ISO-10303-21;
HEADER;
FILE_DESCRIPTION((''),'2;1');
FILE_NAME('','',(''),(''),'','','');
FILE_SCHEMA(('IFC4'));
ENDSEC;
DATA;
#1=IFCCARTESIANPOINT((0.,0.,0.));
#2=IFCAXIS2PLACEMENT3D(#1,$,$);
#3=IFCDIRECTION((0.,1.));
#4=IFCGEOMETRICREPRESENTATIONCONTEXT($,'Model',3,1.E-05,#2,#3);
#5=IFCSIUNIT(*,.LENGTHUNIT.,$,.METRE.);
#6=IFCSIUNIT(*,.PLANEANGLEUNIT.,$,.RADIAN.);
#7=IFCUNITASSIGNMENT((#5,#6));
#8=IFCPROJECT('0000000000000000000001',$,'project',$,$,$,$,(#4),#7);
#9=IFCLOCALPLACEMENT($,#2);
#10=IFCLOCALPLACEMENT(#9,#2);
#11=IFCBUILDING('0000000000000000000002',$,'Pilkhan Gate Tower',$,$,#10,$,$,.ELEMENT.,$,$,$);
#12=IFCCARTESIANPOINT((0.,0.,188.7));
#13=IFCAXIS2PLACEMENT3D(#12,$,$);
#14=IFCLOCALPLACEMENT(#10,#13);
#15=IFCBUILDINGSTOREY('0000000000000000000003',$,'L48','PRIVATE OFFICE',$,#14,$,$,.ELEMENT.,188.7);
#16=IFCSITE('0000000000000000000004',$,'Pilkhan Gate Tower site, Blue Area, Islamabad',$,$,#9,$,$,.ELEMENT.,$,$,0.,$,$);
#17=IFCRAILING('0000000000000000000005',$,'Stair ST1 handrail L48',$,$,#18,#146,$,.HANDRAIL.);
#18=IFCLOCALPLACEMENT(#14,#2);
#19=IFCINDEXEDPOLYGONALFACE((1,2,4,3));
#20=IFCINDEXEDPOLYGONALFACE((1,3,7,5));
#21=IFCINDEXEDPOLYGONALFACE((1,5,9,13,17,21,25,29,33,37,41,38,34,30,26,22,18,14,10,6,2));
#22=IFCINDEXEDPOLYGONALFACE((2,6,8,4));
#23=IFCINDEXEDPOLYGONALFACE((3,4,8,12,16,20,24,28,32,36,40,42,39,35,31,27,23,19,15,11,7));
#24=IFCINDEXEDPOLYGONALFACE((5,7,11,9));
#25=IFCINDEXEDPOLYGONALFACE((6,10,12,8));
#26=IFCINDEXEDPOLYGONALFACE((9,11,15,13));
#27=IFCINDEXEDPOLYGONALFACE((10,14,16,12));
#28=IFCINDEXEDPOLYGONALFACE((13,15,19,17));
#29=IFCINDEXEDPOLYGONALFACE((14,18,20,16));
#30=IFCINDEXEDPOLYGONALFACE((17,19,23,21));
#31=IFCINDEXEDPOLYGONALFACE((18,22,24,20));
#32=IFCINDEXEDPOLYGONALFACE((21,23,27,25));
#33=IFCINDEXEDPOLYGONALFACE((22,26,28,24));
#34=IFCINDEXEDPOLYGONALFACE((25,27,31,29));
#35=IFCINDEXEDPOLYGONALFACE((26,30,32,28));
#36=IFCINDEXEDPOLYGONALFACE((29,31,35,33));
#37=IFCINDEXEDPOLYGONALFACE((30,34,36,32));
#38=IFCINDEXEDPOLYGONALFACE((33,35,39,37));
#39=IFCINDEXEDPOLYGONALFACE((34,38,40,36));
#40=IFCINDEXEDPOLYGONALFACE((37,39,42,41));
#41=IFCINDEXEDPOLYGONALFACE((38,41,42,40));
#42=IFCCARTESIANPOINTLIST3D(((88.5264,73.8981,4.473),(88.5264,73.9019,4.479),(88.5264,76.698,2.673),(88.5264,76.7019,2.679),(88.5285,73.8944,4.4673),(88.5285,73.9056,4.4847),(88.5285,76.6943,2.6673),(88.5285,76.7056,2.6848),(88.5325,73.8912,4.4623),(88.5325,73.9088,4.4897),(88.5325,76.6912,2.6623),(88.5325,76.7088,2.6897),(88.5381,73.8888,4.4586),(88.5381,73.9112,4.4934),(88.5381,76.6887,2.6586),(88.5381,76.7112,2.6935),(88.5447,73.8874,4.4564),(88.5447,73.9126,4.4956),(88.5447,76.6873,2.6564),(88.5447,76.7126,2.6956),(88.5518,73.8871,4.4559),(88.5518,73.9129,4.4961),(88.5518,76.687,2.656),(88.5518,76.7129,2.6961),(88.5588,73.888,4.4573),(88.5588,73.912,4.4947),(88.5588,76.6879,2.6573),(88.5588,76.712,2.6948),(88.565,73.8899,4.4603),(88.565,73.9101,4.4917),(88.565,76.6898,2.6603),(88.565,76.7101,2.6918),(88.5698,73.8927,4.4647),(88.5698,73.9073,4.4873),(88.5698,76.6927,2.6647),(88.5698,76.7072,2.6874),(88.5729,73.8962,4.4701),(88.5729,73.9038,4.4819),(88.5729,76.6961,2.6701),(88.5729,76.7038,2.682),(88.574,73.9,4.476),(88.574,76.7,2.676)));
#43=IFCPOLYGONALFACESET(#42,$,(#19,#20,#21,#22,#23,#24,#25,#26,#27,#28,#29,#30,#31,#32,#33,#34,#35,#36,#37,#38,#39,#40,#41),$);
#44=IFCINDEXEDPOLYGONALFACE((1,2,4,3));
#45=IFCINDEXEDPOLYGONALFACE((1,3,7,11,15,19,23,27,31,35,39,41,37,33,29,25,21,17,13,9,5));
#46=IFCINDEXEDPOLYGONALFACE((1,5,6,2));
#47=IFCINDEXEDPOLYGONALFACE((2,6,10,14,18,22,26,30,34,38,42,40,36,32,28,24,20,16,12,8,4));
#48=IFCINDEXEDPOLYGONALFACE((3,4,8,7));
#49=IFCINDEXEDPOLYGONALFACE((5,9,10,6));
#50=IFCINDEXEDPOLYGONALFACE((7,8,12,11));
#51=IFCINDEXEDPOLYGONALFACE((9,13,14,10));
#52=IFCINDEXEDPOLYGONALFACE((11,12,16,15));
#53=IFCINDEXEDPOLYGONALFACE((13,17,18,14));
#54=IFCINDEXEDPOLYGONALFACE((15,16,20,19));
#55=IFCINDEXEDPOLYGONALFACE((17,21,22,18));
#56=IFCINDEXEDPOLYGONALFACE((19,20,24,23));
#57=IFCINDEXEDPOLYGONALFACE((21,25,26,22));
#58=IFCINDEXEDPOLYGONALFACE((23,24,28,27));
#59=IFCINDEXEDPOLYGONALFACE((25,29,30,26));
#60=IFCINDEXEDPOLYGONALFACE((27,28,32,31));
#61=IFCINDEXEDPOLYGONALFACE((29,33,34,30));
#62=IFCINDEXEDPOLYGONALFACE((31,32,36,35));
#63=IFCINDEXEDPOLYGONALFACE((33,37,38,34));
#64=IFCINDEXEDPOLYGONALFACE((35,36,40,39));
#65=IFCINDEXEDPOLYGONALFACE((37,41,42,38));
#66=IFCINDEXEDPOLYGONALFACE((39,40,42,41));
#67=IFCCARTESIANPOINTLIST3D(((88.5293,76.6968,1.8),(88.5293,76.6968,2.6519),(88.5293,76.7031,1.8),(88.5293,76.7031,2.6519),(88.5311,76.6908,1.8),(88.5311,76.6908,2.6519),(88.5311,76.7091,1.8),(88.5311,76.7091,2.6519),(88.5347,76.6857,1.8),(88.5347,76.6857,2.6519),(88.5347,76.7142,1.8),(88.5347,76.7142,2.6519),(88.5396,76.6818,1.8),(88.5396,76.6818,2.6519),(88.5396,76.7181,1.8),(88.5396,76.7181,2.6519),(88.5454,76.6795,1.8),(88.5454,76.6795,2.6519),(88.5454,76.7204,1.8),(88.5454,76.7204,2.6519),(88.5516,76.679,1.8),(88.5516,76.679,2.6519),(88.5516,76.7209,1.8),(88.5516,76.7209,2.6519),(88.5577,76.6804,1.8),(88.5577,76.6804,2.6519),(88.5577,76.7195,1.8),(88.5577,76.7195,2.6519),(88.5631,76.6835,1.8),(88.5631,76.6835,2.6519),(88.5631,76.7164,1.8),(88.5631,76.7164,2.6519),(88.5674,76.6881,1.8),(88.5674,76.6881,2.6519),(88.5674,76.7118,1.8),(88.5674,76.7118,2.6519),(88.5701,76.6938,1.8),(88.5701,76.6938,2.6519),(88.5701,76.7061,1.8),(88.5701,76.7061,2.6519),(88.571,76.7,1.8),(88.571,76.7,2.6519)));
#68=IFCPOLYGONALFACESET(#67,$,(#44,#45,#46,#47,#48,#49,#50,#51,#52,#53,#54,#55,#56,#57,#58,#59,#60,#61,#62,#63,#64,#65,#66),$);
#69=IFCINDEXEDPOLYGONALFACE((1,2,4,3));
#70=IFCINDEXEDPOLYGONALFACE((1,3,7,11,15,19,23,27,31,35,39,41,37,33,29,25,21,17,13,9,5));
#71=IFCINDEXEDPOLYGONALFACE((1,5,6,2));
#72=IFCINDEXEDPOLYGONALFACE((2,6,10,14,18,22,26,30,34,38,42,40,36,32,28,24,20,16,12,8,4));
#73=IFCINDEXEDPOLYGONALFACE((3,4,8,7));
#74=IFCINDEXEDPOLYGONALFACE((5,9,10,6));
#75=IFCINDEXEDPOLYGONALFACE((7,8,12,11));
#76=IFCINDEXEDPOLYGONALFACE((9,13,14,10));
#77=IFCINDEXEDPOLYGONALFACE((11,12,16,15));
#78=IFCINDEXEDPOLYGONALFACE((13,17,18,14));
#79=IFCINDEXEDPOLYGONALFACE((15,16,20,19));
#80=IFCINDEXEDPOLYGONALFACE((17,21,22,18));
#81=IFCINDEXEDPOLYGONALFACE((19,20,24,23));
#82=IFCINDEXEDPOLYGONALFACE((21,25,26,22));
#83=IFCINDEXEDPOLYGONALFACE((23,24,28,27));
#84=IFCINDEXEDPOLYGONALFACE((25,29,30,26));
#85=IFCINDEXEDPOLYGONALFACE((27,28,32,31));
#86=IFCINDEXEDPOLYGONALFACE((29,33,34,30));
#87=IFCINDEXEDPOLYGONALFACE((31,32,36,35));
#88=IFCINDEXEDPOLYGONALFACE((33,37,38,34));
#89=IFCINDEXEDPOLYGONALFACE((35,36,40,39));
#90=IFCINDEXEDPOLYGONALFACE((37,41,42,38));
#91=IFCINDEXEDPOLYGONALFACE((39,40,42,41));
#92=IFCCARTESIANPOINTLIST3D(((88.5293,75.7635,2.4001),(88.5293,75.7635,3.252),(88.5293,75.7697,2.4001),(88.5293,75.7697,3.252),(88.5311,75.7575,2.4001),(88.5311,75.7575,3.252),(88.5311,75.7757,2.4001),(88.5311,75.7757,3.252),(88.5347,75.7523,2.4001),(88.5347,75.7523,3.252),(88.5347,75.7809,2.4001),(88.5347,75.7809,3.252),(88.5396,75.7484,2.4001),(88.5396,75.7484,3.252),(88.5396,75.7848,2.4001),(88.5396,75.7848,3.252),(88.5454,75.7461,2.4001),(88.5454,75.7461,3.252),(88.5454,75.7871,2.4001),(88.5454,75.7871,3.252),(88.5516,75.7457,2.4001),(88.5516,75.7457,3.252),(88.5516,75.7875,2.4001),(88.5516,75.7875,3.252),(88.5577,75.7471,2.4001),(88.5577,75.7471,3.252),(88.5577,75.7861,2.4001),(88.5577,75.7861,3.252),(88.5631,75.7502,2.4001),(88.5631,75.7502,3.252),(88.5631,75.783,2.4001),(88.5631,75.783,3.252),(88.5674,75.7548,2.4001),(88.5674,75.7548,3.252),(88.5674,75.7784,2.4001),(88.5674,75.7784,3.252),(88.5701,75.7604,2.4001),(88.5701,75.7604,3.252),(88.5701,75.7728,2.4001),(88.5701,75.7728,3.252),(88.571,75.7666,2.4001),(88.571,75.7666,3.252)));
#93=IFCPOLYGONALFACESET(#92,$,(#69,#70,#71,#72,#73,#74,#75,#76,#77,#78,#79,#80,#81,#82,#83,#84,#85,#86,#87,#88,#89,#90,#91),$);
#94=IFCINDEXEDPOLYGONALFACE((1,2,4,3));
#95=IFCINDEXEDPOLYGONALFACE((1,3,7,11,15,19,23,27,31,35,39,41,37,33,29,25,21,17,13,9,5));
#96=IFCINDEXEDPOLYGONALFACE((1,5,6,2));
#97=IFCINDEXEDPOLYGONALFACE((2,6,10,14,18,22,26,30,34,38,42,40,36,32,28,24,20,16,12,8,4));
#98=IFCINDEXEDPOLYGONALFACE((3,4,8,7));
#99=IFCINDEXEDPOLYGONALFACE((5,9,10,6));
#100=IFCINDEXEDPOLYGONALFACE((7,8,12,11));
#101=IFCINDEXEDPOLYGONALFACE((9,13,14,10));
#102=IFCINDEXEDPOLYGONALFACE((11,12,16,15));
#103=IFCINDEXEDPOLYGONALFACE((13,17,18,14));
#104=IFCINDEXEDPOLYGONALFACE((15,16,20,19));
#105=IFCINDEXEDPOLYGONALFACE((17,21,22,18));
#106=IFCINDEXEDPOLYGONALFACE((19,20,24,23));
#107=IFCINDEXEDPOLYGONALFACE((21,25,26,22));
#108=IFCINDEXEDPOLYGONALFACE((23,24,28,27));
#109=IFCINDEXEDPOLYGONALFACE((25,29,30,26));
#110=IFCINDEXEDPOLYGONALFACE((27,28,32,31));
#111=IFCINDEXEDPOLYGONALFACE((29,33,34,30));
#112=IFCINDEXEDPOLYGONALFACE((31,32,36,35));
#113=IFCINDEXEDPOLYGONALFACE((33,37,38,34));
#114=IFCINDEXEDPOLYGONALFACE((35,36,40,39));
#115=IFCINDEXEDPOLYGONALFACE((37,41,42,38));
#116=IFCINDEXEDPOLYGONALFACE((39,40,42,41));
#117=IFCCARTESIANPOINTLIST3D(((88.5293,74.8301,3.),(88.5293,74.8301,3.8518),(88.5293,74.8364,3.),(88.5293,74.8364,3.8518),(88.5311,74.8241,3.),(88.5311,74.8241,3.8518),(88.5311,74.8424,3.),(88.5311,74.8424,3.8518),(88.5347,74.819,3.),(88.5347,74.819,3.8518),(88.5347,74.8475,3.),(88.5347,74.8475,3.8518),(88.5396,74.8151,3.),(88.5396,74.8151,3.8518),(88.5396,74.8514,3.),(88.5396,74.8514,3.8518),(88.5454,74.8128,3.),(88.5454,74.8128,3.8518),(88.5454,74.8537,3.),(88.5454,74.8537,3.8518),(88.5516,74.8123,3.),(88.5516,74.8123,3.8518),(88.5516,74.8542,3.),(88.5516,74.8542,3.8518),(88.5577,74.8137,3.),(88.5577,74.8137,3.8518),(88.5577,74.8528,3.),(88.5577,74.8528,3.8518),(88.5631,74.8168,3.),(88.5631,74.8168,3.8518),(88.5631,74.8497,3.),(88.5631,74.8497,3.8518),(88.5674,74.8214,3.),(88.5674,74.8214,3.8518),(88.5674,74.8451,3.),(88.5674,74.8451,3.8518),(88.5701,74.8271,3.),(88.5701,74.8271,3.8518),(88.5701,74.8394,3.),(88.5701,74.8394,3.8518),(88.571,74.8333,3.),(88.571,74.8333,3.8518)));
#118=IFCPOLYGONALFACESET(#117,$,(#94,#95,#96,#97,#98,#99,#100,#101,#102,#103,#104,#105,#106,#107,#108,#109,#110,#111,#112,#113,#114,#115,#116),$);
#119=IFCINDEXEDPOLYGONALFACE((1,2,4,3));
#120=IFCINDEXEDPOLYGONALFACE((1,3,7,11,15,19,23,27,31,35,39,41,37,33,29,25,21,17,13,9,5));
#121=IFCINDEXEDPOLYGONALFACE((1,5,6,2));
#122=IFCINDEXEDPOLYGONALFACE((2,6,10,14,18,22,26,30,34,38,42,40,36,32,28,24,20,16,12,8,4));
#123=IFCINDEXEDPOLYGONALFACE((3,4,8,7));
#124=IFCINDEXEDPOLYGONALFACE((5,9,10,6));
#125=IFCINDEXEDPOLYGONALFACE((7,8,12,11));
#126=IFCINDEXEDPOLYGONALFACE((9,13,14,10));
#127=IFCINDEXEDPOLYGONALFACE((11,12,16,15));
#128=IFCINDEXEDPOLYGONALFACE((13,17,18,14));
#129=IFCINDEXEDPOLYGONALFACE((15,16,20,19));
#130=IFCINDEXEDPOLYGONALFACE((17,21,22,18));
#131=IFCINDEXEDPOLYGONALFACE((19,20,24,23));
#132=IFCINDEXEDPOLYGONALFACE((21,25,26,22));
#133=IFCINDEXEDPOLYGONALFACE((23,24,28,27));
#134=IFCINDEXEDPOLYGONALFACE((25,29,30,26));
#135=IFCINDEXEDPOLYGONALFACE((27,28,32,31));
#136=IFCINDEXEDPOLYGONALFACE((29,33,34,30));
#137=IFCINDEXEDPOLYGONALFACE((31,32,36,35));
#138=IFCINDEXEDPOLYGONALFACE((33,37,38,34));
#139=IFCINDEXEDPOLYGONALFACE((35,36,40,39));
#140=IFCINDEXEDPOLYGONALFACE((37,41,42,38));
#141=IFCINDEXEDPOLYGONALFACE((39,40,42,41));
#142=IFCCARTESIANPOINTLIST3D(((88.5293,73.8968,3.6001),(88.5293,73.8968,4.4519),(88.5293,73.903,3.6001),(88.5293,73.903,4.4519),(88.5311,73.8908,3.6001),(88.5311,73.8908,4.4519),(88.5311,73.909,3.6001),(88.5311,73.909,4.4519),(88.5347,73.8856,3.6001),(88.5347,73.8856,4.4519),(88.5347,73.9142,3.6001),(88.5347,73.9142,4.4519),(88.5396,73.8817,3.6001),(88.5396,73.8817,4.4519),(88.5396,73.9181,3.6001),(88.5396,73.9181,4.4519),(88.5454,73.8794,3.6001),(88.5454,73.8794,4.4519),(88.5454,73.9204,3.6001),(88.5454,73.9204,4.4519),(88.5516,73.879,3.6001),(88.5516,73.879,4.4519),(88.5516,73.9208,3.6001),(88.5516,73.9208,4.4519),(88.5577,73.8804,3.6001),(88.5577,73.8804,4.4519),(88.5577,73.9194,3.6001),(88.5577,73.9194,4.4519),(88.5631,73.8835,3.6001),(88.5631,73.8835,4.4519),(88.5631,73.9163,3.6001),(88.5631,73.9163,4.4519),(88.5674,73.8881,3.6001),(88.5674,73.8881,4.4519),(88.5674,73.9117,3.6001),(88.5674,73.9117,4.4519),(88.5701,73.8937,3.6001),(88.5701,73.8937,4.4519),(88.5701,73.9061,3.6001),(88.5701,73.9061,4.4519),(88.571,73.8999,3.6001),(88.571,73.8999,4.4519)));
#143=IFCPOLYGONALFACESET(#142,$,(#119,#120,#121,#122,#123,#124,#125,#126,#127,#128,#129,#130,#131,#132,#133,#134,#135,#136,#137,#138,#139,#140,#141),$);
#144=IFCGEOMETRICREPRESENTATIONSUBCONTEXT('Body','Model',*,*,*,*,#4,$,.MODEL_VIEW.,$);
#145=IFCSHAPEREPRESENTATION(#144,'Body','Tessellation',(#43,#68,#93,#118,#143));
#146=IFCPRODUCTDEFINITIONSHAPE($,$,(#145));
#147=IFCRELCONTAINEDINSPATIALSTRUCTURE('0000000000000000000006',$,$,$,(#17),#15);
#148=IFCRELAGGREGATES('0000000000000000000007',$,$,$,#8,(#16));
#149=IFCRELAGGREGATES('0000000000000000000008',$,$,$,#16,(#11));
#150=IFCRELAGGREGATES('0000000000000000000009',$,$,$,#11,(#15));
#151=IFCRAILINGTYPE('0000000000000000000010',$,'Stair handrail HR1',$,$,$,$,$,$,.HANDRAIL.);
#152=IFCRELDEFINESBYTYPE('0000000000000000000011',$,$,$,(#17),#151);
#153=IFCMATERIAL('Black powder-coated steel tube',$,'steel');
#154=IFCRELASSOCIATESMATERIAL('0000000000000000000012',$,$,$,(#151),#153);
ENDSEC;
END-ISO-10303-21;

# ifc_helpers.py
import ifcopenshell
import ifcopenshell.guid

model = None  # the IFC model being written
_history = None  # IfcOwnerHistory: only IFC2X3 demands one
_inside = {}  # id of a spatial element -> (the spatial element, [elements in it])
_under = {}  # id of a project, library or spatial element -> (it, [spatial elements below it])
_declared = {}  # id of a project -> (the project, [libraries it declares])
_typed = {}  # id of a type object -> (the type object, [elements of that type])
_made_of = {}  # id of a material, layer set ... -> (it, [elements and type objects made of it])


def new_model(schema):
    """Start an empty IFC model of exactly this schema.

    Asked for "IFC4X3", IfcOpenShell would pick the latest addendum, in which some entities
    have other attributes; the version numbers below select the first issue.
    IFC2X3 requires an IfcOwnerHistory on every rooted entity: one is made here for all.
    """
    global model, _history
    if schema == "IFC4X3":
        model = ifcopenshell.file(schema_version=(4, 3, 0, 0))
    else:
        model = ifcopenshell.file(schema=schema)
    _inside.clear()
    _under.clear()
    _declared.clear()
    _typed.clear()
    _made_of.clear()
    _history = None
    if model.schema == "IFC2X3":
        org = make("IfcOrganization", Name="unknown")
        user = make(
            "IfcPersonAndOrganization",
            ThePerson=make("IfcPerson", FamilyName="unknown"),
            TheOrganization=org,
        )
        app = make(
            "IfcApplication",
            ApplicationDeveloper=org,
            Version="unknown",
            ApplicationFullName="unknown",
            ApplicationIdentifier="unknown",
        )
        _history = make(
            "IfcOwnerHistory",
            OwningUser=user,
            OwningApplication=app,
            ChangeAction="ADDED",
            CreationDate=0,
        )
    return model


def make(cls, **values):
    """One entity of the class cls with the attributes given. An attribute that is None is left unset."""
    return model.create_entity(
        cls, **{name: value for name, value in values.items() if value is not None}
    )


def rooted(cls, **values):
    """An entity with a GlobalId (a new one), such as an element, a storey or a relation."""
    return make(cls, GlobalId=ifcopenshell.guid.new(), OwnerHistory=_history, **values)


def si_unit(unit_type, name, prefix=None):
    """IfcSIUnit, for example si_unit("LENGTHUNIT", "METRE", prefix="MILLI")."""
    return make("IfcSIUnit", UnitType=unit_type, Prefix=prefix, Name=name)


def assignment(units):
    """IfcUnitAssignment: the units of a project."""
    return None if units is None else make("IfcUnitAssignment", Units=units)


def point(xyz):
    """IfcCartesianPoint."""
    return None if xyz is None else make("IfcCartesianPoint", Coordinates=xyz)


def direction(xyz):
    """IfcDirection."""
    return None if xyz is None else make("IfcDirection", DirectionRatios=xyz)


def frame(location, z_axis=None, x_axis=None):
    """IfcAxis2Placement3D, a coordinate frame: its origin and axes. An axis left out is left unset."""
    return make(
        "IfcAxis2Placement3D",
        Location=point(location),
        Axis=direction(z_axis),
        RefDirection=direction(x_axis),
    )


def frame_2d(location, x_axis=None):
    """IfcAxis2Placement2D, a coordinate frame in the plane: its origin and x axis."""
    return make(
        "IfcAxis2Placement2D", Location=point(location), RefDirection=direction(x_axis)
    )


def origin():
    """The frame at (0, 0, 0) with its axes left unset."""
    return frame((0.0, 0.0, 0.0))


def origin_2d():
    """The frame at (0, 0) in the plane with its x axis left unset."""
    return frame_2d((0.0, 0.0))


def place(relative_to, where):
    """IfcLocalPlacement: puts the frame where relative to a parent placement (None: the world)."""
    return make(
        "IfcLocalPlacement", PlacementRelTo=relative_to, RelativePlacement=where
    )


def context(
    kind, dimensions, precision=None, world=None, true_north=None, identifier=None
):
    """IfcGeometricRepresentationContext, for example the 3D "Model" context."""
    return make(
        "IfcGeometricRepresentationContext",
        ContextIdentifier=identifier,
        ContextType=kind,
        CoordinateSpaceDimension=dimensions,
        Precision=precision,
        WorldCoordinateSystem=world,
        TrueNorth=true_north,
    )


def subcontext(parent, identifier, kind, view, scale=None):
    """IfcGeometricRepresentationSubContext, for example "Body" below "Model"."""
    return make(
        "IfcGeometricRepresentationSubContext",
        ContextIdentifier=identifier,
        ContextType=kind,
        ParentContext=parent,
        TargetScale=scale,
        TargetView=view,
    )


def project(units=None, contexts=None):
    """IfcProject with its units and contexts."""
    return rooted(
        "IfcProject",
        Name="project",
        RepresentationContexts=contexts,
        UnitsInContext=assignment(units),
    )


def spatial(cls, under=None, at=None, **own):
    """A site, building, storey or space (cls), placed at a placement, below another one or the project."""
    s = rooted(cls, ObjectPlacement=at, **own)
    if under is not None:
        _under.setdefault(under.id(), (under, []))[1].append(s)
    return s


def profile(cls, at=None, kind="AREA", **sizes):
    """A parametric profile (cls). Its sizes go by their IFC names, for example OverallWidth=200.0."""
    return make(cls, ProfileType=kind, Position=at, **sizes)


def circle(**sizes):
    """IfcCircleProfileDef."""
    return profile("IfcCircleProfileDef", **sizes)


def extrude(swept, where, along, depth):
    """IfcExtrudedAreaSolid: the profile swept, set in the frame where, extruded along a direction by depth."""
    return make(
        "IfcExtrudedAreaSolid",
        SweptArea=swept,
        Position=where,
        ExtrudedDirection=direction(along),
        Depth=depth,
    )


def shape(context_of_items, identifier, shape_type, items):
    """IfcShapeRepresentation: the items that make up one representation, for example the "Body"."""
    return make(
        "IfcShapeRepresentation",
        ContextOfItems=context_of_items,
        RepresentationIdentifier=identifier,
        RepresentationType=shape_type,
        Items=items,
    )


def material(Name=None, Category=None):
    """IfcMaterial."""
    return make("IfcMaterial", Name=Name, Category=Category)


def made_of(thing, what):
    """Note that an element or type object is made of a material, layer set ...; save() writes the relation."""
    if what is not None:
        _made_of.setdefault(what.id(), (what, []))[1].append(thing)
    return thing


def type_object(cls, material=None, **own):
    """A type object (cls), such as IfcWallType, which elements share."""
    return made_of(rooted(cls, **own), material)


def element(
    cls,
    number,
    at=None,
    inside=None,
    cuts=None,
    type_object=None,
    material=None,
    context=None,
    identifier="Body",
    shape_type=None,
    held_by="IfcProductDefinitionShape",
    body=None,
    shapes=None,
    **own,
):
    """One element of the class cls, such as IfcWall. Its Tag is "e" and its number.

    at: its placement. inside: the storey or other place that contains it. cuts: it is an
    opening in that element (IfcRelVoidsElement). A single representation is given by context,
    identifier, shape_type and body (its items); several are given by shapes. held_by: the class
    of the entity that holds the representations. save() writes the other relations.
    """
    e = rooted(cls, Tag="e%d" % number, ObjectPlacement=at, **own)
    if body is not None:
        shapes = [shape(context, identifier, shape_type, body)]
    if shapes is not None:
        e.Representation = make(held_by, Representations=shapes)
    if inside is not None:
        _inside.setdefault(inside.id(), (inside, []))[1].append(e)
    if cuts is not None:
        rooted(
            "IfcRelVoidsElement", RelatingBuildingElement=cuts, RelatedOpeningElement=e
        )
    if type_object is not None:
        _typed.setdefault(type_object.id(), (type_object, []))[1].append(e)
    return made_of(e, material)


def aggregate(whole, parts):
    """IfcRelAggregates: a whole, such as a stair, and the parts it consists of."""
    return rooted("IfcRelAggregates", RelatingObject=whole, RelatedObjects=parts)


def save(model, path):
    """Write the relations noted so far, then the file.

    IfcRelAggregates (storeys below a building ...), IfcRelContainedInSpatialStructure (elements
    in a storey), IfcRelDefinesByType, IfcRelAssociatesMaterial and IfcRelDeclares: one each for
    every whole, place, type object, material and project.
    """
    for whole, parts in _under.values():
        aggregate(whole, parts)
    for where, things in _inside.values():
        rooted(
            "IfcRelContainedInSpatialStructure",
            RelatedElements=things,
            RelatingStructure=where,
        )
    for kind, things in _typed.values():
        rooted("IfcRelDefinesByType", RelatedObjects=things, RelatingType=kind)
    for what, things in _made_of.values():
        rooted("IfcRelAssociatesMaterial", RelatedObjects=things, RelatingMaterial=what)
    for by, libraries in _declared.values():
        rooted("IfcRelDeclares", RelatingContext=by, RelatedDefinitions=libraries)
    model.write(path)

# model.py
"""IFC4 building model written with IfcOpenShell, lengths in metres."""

from ifc_helpers import new_model, si_unit, direction, frame, origin, origin_2d, place, context, subcontext, project, spatial, circle, extrude, material, type_object, element, save


model = new_model("IFC4")

# Units and contexts
model_context = context("Model", 3, precision=1e-05, world=origin(), true_north=direction((0.0, 1.0)))
body_context = subcontext(model_context, "Body", "Model", "MODEL_VIEW")
ifc_project = project(units=[si_unit("LENGTHUNIT", "METRE"), si_unit("PLANEANGLEUNIT", "RADIAN")], contexts=[model_context])

# Site, building, storey
site_placement = place(None, origin())
site = spatial("IfcSite", under=ifc_project, at=site_placement, Name="Pilkhan Gate Tower site, Blue Area, Islamabad", CompositionType="ELEMENT", RefElevation=0.0)
building_placement = place(site_placement, origin())
building = spatial("IfcBuilding", under=site, at=building_placement, Name="Pilkhan Gate Tower", CompositionType="ELEMENT")
storey_placement = place(building_placement, frame((0.0, 0.0, 188.7)))
storey = spatial("IfcBuildingStorey", under=building, at=storey_placement, Name="L48", Description="PRIVATE OFFICE", CompositionType="ELEMENT", Elevation=188.7)

# Railing
ifc_material_1 = material(Name="Black powder-coated steel tube", Category="steel")
railing_type_1 = type_object("IfcRailingType", Name="Stair handrail HR1", PredefinedType="HANDRAIL", material=ifc_material_1)
railing_1_placement = place(storey_placement, frame((88.55, 76.7, 1.8)))
element("IfcRailing", 1, at=railing_1_placement, inside=storey, type_object=railing_type_1, Name="Stair ST1 handrail L48", PredefinedType="HANDRAIL", context=body_context, shape_type="SweptSolid", body=[
    extrude(circle(Radius=0.0239, at=origin_2d()), frame((0.0, 0.0, 0.876), z_axis=(0.0, -0.841176, 0.540761), x_axis=(1.0, 0.0, 0.0)), (0.0, 0.0, 1.0), 3.3286),
    extrude(circle(Radius=0.021, at=origin_2d()), origin(), (0.0, 0.0, 1.0), 0.8518),
    extrude(circle(Radius=0.021, at=origin_2d()), frame((0.0, -0.9333, 0.6001)), (0.0, 0.0, 1.0), 0.8518),
    extrude(circle(Radius=0.021, at=origin_2d()), frame((0.0, -1.8667, 1.2)), (0.0, 0.0, 1.0), 0.8518),
    extrude(circle(Radius=0.021, at=origin_2d()), frame((0.0, -2.8, 1.8)), (0.0, 0.0, 1.0), 0.8518),
])

save(model, "model.ifc")
